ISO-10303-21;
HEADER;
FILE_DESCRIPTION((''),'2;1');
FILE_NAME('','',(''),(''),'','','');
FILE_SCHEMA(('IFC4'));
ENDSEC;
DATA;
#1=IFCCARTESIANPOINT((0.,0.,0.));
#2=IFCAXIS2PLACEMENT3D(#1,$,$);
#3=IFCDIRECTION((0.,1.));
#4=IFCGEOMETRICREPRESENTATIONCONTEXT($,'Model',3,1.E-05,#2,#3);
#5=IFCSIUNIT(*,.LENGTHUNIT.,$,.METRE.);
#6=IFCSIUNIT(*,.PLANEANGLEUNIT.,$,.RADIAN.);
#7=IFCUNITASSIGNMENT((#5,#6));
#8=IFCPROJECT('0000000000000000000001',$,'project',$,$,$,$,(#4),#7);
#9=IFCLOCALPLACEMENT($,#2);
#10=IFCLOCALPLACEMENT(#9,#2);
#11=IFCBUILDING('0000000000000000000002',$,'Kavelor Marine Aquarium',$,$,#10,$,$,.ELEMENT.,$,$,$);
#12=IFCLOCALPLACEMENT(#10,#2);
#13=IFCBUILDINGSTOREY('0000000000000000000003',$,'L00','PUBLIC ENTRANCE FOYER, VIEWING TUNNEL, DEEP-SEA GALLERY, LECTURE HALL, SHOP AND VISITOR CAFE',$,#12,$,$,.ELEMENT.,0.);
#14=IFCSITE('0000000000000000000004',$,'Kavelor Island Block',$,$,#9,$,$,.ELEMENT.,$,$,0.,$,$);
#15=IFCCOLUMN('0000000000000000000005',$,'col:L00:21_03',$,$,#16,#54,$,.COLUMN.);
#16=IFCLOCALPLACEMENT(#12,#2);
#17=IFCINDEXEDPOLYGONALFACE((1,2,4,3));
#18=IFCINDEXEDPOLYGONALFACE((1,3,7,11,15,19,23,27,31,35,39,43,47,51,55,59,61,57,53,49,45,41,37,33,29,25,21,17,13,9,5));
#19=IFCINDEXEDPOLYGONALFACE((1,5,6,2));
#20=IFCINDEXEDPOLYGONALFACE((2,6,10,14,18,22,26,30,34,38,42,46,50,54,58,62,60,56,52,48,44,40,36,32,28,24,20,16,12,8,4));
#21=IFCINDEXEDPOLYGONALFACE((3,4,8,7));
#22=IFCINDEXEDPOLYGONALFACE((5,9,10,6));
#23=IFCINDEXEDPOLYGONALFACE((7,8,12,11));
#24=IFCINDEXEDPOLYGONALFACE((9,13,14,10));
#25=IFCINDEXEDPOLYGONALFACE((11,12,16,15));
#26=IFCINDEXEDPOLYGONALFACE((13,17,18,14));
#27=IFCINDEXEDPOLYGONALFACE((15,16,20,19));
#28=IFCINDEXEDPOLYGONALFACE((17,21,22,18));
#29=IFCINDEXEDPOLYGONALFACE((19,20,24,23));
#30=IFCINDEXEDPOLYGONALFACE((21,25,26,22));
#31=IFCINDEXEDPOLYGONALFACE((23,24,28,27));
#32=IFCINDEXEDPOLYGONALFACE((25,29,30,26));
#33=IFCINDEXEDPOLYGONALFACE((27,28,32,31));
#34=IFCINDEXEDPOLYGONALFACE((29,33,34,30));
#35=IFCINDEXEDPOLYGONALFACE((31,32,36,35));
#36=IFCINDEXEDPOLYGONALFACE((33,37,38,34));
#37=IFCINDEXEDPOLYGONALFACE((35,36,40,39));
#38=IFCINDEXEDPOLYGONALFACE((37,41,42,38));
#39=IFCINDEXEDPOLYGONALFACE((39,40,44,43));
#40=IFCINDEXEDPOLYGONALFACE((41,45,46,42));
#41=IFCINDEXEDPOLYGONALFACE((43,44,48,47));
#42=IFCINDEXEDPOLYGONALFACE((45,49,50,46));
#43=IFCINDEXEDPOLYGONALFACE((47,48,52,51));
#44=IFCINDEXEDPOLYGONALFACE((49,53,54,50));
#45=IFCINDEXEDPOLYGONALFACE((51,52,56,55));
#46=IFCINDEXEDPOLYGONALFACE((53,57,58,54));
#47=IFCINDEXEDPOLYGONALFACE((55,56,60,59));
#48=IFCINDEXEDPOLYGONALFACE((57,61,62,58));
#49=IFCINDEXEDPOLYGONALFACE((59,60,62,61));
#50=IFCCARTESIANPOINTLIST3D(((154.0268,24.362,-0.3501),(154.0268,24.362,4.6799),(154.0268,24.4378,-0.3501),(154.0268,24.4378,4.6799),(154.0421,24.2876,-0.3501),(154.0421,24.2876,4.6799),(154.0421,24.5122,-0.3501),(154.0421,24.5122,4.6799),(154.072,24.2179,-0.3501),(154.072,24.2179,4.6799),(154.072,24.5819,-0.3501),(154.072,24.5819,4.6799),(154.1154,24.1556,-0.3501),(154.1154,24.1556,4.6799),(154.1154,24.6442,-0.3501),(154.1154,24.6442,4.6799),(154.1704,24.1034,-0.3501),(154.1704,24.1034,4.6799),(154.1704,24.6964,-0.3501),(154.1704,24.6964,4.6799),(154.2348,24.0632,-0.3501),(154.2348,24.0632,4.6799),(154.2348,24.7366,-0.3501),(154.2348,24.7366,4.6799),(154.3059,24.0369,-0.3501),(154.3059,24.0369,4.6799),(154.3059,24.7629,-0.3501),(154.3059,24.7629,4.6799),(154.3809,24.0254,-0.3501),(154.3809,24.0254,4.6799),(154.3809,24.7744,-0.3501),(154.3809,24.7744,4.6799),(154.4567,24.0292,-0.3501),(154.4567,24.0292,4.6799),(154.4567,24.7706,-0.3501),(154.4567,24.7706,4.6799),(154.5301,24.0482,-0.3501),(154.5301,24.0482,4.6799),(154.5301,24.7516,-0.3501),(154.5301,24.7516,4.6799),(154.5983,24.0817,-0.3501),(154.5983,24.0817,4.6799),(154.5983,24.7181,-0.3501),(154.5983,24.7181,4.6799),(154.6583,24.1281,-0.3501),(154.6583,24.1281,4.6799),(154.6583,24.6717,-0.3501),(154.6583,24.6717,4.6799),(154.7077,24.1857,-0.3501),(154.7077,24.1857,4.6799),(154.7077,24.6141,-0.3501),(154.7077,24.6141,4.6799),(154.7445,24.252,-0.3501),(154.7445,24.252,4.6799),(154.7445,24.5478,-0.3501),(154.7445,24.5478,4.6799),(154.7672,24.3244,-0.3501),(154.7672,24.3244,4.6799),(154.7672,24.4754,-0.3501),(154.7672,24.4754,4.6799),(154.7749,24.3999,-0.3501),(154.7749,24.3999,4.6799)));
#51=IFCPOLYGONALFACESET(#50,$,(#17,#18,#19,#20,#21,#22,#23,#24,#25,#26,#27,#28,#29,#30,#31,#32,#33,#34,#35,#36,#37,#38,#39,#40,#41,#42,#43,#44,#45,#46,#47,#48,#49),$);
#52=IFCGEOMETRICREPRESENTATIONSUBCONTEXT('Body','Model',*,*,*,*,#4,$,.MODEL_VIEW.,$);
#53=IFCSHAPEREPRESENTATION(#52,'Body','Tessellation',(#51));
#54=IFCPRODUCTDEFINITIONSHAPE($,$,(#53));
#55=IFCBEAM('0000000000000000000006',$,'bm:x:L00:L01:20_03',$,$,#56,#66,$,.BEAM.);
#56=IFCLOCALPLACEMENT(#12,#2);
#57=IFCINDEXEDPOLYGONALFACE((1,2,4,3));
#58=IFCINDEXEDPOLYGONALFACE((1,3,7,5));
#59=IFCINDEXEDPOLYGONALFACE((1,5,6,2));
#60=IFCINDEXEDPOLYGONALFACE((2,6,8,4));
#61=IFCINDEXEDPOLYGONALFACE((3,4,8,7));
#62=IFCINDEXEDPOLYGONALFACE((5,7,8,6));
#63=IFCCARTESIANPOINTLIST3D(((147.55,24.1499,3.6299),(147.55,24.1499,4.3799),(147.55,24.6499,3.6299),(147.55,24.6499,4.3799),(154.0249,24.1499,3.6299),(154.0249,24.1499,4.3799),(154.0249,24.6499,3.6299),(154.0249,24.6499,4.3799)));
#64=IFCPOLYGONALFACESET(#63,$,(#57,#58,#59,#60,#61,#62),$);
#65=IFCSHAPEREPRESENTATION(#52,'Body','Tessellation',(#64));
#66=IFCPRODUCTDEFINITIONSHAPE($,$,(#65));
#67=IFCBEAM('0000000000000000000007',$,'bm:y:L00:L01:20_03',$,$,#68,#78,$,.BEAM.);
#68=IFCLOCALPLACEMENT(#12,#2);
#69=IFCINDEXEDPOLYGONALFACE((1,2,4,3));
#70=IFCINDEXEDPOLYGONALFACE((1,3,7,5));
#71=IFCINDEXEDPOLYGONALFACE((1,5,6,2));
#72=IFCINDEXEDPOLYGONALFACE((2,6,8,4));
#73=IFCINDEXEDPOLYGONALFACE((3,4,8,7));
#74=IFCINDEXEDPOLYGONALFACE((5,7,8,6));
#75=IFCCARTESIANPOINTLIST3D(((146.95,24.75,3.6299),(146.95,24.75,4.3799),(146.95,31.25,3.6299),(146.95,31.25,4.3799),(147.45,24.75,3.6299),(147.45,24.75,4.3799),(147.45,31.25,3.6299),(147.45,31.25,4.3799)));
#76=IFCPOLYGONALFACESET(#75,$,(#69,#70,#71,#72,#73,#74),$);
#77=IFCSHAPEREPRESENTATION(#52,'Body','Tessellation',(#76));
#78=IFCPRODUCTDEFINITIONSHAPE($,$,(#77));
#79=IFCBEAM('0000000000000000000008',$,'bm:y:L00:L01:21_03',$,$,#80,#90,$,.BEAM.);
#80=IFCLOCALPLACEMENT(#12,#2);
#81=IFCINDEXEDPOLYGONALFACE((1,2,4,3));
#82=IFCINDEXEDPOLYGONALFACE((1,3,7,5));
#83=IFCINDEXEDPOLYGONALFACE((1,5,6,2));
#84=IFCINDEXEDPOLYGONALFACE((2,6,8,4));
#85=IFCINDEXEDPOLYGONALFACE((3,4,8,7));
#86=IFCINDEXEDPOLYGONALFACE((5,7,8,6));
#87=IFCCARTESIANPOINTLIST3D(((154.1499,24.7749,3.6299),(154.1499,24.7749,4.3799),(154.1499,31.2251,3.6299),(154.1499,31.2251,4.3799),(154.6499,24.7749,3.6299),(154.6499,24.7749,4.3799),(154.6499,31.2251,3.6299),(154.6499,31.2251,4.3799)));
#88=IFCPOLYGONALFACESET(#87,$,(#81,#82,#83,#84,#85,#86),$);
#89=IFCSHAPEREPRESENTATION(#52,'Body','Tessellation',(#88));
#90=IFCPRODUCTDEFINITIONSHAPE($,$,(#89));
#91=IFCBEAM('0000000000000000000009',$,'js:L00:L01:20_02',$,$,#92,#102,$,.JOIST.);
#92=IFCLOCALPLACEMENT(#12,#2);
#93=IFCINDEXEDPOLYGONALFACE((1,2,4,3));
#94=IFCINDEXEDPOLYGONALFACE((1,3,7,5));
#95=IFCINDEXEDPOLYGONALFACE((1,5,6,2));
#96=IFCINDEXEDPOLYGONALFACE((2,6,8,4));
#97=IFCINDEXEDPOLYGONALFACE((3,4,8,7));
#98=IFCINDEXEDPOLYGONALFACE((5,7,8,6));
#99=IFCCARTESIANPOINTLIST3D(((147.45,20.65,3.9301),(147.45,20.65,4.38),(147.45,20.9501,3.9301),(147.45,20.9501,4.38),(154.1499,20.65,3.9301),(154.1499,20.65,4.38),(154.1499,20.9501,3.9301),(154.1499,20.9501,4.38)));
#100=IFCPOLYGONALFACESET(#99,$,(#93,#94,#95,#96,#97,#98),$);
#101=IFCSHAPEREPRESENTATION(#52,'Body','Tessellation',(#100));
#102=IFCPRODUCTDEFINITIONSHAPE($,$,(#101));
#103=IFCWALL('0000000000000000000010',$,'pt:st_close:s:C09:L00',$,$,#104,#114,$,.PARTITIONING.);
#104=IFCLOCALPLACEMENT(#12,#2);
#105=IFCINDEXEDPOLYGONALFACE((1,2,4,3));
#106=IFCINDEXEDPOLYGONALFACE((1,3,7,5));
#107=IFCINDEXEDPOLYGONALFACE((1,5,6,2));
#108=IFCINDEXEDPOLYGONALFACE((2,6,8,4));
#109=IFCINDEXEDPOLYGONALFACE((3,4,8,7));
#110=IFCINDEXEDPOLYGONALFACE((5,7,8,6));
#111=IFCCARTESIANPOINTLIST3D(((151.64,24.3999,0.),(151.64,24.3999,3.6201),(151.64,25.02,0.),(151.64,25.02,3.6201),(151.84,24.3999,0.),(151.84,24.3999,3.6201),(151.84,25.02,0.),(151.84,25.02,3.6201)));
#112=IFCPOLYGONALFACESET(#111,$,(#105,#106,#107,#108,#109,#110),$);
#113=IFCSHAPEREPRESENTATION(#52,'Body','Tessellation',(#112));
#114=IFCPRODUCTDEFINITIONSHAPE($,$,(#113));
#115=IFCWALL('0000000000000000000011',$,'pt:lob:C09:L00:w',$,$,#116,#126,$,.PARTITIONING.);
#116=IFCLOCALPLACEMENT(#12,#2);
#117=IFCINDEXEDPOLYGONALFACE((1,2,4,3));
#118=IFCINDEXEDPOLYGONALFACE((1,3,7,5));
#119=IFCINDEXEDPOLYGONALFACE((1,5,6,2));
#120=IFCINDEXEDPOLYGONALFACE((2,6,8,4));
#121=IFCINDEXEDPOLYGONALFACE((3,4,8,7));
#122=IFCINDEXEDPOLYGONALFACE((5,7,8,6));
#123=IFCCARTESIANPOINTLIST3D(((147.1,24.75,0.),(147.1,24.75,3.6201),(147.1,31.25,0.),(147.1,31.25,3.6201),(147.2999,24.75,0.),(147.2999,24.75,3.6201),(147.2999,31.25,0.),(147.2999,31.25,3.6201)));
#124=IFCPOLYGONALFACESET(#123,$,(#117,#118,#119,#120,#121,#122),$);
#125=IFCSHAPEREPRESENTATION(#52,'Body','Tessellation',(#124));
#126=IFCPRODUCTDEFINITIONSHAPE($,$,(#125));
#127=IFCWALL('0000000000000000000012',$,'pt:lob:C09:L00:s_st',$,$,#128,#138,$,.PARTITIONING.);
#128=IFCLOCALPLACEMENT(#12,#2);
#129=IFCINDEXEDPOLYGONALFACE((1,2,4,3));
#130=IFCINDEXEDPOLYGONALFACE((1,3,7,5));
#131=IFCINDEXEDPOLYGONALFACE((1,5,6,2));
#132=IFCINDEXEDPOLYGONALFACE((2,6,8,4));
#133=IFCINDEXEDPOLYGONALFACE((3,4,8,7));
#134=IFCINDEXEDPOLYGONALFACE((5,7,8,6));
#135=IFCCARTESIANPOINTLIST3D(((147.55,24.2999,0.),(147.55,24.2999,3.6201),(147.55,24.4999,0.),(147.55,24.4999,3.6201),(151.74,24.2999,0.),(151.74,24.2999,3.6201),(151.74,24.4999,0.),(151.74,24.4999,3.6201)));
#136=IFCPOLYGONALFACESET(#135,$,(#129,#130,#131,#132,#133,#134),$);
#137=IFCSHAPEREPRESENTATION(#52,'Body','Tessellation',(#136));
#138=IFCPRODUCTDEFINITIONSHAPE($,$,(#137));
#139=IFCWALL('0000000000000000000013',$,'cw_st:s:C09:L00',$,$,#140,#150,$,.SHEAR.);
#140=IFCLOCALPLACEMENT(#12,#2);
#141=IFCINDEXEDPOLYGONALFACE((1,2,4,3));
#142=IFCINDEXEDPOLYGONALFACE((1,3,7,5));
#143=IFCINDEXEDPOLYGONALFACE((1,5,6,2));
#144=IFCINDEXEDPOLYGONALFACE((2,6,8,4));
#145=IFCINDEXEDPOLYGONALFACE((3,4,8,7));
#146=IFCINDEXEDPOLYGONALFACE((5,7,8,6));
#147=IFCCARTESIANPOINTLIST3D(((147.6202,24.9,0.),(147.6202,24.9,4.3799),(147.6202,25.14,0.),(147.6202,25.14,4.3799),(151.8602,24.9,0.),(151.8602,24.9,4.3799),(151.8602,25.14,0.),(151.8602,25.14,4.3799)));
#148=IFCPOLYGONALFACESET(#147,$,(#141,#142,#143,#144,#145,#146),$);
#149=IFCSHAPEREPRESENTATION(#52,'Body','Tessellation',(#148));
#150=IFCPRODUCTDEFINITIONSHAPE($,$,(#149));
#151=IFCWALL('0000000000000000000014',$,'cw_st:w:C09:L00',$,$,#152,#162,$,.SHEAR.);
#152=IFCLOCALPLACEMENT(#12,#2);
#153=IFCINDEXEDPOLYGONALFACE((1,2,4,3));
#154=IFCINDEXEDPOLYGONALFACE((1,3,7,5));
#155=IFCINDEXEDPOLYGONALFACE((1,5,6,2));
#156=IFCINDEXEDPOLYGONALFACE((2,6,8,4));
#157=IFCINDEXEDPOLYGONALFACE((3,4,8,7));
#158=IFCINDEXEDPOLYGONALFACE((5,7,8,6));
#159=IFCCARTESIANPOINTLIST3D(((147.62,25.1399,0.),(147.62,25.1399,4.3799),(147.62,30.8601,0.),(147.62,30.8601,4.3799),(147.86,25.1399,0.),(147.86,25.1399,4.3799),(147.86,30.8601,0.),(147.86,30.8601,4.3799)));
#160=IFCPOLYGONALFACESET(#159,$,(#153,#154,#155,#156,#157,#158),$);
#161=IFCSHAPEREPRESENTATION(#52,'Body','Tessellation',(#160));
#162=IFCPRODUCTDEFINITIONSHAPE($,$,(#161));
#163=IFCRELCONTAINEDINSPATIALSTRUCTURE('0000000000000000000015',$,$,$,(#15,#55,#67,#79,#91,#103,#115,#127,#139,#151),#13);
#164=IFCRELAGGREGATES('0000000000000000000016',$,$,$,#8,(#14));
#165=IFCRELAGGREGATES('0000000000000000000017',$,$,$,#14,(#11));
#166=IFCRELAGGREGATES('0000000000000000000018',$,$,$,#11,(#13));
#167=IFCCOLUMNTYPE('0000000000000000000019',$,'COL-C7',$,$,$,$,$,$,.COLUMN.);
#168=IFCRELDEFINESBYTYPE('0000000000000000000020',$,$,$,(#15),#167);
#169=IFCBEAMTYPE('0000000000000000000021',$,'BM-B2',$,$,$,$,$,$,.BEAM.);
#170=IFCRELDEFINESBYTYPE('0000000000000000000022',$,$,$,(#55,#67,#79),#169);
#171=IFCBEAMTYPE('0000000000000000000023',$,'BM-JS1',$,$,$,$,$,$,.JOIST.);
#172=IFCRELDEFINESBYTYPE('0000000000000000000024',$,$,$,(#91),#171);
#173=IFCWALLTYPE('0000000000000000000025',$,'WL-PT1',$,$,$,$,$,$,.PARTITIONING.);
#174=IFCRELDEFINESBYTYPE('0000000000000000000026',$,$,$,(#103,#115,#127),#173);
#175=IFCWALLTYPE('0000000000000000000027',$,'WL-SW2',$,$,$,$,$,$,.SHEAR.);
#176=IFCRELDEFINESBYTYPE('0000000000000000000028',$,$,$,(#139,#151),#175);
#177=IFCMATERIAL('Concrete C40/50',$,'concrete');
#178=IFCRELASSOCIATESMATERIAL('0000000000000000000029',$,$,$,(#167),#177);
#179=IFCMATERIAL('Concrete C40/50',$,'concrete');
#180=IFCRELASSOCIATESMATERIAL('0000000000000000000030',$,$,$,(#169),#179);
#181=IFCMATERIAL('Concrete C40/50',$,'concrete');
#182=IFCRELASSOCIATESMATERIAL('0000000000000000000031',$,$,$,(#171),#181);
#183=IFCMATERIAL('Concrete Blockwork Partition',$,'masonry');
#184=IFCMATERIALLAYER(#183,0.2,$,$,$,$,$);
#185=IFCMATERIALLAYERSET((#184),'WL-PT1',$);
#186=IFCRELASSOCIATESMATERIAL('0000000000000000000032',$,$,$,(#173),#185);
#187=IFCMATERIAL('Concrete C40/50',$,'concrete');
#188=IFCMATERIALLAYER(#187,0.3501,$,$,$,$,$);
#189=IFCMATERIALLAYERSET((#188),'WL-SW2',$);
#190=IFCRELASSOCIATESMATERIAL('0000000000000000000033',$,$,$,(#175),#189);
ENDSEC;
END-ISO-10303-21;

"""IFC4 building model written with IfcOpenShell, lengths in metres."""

from ifc_helpers import new_model, si_unit, direction, frame, frame_2d, origin, origin_2d, place, context, subcontext, project, spatial, rectangle, circle, extrude, material, layer, layer_set, material_profile, profile_set, type_object, element, save


model = new_model("IFC4")

# Units and contexts
model_context = context("Model", 3, precision=1e-05, world=origin(), true_north=direction((0.0, 1.0)))
body_context = subcontext(model_context, "Body", "Model", "MODEL_VIEW")
ifc_project = project(units=[si_unit("LENGTHUNIT", "METRE"), si_unit("PLANEANGLEUNIT", "RADIAN")], contexts=[model_context])

# Site, building, storey
site_placement = place(None, origin())
site = spatial("IfcSite", under=ifc_project, at=site_placement, Name="Kavelor Island Block", CompositionType="ELEMENT", RefElevation=0.0)
building_placement = place(site_placement, origin())
building = spatial("IfcBuilding", under=site, at=building_placement, Name="Kavelor Marine Aquarium", CompositionType="ELEMENT")
storey_placement = place(building_placement, origin())
storey = spatial("IfcBuildingStorey", under=building, at=storey_placement, Name="L00", Description="PUBLIC ENTRANCE FOYER, VIEWING TUNNEL, DEEP-SEA GALLERY, LECTURE HALL, SHOP AND VISITOR CAFE", CompositionType="ELEMENT", Elevation=0.0)

# Column
ifc_material_1 = material(Name="Concrete C40/50", Category="concrete")
ifc_material_profile_1 = material_profile(ifc_material_1, circle(Radius=0.375, at=origin_2d()), Name="RC-COL D750")
ifc_profile_set_1 = profile_set([ifc_material_profile_1], Name="Concrete C40/50")
column_type_1 = type_object("IfcColumnType", Name="COL-C7", PredefinedType="COLUMN", material=ifc_profile_set_1)
column_1_placement = place(storey_placement, frame((154.3999, 24.3999, -0.3501), z_axis=(0.0, 0.0, 1.0), x_axis=(1.0, 0.0, 0.0)))
element("IfcColumn", 1, at=column_1_placement, inside=storey, type_object=column_type_1, Name="col:L00:21_03", PredefinedType="COLUMN", context=body_context, shape_type="SweptSolid", body=[
    extrude(circle(Radius=0.375, at=origin_2d()), origin(), (0.0, 0.0, 1.0), 5.03),
])

# Beams
ifc_material_2 = material(Name="Concrete C40/50", Category="concrete")
ifc_material_profile_2 = material_profile(ifc_material_2, rectangle(XDim=0.5, YDim=0.75, at=origin_2d()), Name="RC-BM 500x750")
ifc_profile_set_2 = profile_set([ifc_material_profile_2], Name="Concrete C40/50")
beam_type_1 = type_object("IfcBeamType", Name="BM-B2", PredefinedType="BEAM", material=ifc_profile_set_2)
beam_1_placement = place(storey_placement, frame((147.55, 24.3999, 4.0049), z_axis=(1.0, 0.0, 0.0), x_axis=(0.0, 1.0, 0.0)))
element("IfcBeam", 2, at=beam_1_placement, inside=storey, type_object=beam_type_1, Name="bm:x:L00:L01:20_03", PredefinedType="BEAM", context=body_context, shape_type="SweptSolid", body=[
    extrude(rectangle(XDim=0.5, YDim=0.75, at=origin_2d()), origin(), (0.0, 0.0, 1.0), 6.4749),
])
beam_2_placement = place(storey_placement, frame((147.2, 24.75, 4.0049), z_axis=(0.0, 1.0, 0.0), x_axis=(-1.0, 0.0, 0.0)))
element("IfcBeam", 3, at=beam_2_placement, inside=storey, type_object=beam_type_1, Name="bm:y:L00:L01:20_03", PredefinedType="BEAM", context=body_context, shape_type="SweptSolid", body=[
    extrude(rectangle(XDim=0.5, YDim=0.75, at=origin_2d()), origin(), (0.0, 0.0, 1.0), 6.5),
])
beam_3_placement = place(storey_placement, frame((154.3999, 24.7749, 4.0049), z_axis=(0.0, 1.0, 0.0), x_axis=(-1.0, 0.0, 0.0)))
element("IfcBeam", 4, at=beam_3_placement, inside=storey, type_object=beam_type_1, Name="bm:y:L00:L01:21_03", PredefinedType="BEAM", context=body_context, shape_type="SweptSolid", body=[
    extrude(rectangle(XDim=0.5, YDim=0.75, at=origin_2d()), origin(), (0.0, 0.0, 1.0), 6.4502),
])
ifc_material_3 = material(Name="Concrete C40/50", Category="concrete")
ifc_material_profile_3 = material_profile(ifc_material_3, rectangle(XDim=0.3, YDim=0.45, at=origin_2d()), Name="RC-JS 300x450")
ifc_profile_set_3 = profile_set([ifc_material_profile_3], Name="Concrete C40/50")
beam_type_2 = type_object("IfcBeamType", Name="BM-JS1", PredefinedType="JOIST", material=ifc_profile_set_3)
beam_4_placement = place(storey_placement, frame((147.45, 20.8, 4.155), z_axis=(1.0, 0.0, 0.0), x_axis=(0.0, 1.0, 0.0)))
element("IfcBeam", 5, at=beam_4_placement, inside=storey, type_object=beam_type_2, Name="js:L00:L01:20_02", PredefinedType="JOIST", context=body_context, shape_type="SweptSolid", body=[
    extrude(rectangle(XDim=0.3, YDim=0.45, at=origin_2d()), origin(), (0.0, 0.0, 1.0), 6.7),
])

# Walls
ifc_material_4 = material(Name="Concrete Blockwork Partition", Category="masonry")
ifc_layer_1 = layer(ifc_material_4, 0.2)
ifc_layer_set_1 = layer_set([ifc_layer_1], Name="WL-PT1")
wall_type_1 = type_object("IfcWallType", Name="WL-PT1", PredefinedType="PARTITIONING", material=ifc_layer_set_1)
wall_1_placement = place(storey_placement, frame((151.74, 24.3999, 0.0), z_axis=(0.0, 0.0, 1.0), x_axis=(0.0, 1.0, 0.0)))
element("IfcWall", 6, at=wall_1_placement, inside=storey, type_object=wall_type_1, Name="pt:st_close:s:C09:L00", PredefinedType="PARTITIONING", context=body_context, shape_type="SweptSolid", body=[
    extrude(rectangle(XDim=0.6201, YDim=0.2, at=frame_2d((0.3101, 0.0))), origin(), (0.0, 0.0, 1.0), 3.6201),
])
wall_2_placement = place(storey_placement, frame((147.2, 24.75, 0.0), z_axis=(0.0, 0.0, 1.0), x_axis=(0.0, 1.0, 0.0)))
element("IfcWall", 7, at=wall_2_placement, inside=storey, type_object=wall_type_1, Name="pt:lob:C09:L00:w", PredefinedType="PARTITIONING", context=body_context, shape_type="SweptSolid", body=[
    extrude(rectangle(XDim=6.5, YDim=0.2, at=frame_2d((3.25, 0.0))), origin(), (0.0, 0.0, 1.0), 3.6201),
])
wall_3_placement = place(storey_placement, frame((147.55, 24.3999, 0.0), z_axis=(0.0, 0.0, 1.0), x_axis=(1.0, 0.0, 0.0)))
element("IfcWall", 8, at=wall_3_placement, inside=storey, type_object=wall_type_1, Name="pt:lob:C09:L00:s_st", PredefinedType="PARTITIONING", context=body_context, shape_type="SweptSolid", body=[
    extrude(rectangle(XDim=4.1899, YDim=0.2, at=frame_2d((2.095, 0.0))), origin(), (0.0, 0.0, 1.0), 3.6201),
])

# Walls
ifc_material_5 = material(Name="Concrete C40/50", Category="concrete")
ifc_layer_2 = layer(ifc_material_5, 0.3501)
ifc_layer_set_2 = layer_set([ifc_layer_2], Name="WL-SW2")
wall_type_2 = type_object("IfcWallType", Name="WL-SW2", PredefinedType="SHEAR", material=ifc_layer_set_2)
wall_4_placement = place(storey_placement, frame((147.6201, 25.02, 0.0), z_axis=(0.0, 0.0, 1.0), x_axis=(1.0, 0.0, 0.0)))
element("IfcWall", 9, at=wall_4_placement, inside=storey, type_object=wall_type_2, Name="cw_st:s:C09:L00", PredefinedType="SHEAR", context=body_context, shape_type="SweptSolid", body=[
    extrude(rectangle(XDim=4.24, YDim=0.24, at=frame_2d((2.1201, 0.0))), origin(), (0.0, 0.0, 1.0), 4.3799),
])
wall_5_placement = place(storey_placement, frame((147.74, 25.1399, 0.0), z_axis=(0.0, 0.0, 1.0), x_axis=(0.0, 1.0, 0.0)))
element("IfcWall", 10, at=wall_5_placement, inside=storey, type_object=wall_type_2, Name="cw_st:w:C09:L00", PredefinedType="SHEAR", context=body_context, shape_type="SweptSolid", body=[
    extrude(rectangle(XDim=5.7202, YDim=0.24, at=frame_2d((2.8601, 0.0))), origin(), (0.0, 0.0, 1.0), 4.3799),
])

save(model, "model.ifc")
